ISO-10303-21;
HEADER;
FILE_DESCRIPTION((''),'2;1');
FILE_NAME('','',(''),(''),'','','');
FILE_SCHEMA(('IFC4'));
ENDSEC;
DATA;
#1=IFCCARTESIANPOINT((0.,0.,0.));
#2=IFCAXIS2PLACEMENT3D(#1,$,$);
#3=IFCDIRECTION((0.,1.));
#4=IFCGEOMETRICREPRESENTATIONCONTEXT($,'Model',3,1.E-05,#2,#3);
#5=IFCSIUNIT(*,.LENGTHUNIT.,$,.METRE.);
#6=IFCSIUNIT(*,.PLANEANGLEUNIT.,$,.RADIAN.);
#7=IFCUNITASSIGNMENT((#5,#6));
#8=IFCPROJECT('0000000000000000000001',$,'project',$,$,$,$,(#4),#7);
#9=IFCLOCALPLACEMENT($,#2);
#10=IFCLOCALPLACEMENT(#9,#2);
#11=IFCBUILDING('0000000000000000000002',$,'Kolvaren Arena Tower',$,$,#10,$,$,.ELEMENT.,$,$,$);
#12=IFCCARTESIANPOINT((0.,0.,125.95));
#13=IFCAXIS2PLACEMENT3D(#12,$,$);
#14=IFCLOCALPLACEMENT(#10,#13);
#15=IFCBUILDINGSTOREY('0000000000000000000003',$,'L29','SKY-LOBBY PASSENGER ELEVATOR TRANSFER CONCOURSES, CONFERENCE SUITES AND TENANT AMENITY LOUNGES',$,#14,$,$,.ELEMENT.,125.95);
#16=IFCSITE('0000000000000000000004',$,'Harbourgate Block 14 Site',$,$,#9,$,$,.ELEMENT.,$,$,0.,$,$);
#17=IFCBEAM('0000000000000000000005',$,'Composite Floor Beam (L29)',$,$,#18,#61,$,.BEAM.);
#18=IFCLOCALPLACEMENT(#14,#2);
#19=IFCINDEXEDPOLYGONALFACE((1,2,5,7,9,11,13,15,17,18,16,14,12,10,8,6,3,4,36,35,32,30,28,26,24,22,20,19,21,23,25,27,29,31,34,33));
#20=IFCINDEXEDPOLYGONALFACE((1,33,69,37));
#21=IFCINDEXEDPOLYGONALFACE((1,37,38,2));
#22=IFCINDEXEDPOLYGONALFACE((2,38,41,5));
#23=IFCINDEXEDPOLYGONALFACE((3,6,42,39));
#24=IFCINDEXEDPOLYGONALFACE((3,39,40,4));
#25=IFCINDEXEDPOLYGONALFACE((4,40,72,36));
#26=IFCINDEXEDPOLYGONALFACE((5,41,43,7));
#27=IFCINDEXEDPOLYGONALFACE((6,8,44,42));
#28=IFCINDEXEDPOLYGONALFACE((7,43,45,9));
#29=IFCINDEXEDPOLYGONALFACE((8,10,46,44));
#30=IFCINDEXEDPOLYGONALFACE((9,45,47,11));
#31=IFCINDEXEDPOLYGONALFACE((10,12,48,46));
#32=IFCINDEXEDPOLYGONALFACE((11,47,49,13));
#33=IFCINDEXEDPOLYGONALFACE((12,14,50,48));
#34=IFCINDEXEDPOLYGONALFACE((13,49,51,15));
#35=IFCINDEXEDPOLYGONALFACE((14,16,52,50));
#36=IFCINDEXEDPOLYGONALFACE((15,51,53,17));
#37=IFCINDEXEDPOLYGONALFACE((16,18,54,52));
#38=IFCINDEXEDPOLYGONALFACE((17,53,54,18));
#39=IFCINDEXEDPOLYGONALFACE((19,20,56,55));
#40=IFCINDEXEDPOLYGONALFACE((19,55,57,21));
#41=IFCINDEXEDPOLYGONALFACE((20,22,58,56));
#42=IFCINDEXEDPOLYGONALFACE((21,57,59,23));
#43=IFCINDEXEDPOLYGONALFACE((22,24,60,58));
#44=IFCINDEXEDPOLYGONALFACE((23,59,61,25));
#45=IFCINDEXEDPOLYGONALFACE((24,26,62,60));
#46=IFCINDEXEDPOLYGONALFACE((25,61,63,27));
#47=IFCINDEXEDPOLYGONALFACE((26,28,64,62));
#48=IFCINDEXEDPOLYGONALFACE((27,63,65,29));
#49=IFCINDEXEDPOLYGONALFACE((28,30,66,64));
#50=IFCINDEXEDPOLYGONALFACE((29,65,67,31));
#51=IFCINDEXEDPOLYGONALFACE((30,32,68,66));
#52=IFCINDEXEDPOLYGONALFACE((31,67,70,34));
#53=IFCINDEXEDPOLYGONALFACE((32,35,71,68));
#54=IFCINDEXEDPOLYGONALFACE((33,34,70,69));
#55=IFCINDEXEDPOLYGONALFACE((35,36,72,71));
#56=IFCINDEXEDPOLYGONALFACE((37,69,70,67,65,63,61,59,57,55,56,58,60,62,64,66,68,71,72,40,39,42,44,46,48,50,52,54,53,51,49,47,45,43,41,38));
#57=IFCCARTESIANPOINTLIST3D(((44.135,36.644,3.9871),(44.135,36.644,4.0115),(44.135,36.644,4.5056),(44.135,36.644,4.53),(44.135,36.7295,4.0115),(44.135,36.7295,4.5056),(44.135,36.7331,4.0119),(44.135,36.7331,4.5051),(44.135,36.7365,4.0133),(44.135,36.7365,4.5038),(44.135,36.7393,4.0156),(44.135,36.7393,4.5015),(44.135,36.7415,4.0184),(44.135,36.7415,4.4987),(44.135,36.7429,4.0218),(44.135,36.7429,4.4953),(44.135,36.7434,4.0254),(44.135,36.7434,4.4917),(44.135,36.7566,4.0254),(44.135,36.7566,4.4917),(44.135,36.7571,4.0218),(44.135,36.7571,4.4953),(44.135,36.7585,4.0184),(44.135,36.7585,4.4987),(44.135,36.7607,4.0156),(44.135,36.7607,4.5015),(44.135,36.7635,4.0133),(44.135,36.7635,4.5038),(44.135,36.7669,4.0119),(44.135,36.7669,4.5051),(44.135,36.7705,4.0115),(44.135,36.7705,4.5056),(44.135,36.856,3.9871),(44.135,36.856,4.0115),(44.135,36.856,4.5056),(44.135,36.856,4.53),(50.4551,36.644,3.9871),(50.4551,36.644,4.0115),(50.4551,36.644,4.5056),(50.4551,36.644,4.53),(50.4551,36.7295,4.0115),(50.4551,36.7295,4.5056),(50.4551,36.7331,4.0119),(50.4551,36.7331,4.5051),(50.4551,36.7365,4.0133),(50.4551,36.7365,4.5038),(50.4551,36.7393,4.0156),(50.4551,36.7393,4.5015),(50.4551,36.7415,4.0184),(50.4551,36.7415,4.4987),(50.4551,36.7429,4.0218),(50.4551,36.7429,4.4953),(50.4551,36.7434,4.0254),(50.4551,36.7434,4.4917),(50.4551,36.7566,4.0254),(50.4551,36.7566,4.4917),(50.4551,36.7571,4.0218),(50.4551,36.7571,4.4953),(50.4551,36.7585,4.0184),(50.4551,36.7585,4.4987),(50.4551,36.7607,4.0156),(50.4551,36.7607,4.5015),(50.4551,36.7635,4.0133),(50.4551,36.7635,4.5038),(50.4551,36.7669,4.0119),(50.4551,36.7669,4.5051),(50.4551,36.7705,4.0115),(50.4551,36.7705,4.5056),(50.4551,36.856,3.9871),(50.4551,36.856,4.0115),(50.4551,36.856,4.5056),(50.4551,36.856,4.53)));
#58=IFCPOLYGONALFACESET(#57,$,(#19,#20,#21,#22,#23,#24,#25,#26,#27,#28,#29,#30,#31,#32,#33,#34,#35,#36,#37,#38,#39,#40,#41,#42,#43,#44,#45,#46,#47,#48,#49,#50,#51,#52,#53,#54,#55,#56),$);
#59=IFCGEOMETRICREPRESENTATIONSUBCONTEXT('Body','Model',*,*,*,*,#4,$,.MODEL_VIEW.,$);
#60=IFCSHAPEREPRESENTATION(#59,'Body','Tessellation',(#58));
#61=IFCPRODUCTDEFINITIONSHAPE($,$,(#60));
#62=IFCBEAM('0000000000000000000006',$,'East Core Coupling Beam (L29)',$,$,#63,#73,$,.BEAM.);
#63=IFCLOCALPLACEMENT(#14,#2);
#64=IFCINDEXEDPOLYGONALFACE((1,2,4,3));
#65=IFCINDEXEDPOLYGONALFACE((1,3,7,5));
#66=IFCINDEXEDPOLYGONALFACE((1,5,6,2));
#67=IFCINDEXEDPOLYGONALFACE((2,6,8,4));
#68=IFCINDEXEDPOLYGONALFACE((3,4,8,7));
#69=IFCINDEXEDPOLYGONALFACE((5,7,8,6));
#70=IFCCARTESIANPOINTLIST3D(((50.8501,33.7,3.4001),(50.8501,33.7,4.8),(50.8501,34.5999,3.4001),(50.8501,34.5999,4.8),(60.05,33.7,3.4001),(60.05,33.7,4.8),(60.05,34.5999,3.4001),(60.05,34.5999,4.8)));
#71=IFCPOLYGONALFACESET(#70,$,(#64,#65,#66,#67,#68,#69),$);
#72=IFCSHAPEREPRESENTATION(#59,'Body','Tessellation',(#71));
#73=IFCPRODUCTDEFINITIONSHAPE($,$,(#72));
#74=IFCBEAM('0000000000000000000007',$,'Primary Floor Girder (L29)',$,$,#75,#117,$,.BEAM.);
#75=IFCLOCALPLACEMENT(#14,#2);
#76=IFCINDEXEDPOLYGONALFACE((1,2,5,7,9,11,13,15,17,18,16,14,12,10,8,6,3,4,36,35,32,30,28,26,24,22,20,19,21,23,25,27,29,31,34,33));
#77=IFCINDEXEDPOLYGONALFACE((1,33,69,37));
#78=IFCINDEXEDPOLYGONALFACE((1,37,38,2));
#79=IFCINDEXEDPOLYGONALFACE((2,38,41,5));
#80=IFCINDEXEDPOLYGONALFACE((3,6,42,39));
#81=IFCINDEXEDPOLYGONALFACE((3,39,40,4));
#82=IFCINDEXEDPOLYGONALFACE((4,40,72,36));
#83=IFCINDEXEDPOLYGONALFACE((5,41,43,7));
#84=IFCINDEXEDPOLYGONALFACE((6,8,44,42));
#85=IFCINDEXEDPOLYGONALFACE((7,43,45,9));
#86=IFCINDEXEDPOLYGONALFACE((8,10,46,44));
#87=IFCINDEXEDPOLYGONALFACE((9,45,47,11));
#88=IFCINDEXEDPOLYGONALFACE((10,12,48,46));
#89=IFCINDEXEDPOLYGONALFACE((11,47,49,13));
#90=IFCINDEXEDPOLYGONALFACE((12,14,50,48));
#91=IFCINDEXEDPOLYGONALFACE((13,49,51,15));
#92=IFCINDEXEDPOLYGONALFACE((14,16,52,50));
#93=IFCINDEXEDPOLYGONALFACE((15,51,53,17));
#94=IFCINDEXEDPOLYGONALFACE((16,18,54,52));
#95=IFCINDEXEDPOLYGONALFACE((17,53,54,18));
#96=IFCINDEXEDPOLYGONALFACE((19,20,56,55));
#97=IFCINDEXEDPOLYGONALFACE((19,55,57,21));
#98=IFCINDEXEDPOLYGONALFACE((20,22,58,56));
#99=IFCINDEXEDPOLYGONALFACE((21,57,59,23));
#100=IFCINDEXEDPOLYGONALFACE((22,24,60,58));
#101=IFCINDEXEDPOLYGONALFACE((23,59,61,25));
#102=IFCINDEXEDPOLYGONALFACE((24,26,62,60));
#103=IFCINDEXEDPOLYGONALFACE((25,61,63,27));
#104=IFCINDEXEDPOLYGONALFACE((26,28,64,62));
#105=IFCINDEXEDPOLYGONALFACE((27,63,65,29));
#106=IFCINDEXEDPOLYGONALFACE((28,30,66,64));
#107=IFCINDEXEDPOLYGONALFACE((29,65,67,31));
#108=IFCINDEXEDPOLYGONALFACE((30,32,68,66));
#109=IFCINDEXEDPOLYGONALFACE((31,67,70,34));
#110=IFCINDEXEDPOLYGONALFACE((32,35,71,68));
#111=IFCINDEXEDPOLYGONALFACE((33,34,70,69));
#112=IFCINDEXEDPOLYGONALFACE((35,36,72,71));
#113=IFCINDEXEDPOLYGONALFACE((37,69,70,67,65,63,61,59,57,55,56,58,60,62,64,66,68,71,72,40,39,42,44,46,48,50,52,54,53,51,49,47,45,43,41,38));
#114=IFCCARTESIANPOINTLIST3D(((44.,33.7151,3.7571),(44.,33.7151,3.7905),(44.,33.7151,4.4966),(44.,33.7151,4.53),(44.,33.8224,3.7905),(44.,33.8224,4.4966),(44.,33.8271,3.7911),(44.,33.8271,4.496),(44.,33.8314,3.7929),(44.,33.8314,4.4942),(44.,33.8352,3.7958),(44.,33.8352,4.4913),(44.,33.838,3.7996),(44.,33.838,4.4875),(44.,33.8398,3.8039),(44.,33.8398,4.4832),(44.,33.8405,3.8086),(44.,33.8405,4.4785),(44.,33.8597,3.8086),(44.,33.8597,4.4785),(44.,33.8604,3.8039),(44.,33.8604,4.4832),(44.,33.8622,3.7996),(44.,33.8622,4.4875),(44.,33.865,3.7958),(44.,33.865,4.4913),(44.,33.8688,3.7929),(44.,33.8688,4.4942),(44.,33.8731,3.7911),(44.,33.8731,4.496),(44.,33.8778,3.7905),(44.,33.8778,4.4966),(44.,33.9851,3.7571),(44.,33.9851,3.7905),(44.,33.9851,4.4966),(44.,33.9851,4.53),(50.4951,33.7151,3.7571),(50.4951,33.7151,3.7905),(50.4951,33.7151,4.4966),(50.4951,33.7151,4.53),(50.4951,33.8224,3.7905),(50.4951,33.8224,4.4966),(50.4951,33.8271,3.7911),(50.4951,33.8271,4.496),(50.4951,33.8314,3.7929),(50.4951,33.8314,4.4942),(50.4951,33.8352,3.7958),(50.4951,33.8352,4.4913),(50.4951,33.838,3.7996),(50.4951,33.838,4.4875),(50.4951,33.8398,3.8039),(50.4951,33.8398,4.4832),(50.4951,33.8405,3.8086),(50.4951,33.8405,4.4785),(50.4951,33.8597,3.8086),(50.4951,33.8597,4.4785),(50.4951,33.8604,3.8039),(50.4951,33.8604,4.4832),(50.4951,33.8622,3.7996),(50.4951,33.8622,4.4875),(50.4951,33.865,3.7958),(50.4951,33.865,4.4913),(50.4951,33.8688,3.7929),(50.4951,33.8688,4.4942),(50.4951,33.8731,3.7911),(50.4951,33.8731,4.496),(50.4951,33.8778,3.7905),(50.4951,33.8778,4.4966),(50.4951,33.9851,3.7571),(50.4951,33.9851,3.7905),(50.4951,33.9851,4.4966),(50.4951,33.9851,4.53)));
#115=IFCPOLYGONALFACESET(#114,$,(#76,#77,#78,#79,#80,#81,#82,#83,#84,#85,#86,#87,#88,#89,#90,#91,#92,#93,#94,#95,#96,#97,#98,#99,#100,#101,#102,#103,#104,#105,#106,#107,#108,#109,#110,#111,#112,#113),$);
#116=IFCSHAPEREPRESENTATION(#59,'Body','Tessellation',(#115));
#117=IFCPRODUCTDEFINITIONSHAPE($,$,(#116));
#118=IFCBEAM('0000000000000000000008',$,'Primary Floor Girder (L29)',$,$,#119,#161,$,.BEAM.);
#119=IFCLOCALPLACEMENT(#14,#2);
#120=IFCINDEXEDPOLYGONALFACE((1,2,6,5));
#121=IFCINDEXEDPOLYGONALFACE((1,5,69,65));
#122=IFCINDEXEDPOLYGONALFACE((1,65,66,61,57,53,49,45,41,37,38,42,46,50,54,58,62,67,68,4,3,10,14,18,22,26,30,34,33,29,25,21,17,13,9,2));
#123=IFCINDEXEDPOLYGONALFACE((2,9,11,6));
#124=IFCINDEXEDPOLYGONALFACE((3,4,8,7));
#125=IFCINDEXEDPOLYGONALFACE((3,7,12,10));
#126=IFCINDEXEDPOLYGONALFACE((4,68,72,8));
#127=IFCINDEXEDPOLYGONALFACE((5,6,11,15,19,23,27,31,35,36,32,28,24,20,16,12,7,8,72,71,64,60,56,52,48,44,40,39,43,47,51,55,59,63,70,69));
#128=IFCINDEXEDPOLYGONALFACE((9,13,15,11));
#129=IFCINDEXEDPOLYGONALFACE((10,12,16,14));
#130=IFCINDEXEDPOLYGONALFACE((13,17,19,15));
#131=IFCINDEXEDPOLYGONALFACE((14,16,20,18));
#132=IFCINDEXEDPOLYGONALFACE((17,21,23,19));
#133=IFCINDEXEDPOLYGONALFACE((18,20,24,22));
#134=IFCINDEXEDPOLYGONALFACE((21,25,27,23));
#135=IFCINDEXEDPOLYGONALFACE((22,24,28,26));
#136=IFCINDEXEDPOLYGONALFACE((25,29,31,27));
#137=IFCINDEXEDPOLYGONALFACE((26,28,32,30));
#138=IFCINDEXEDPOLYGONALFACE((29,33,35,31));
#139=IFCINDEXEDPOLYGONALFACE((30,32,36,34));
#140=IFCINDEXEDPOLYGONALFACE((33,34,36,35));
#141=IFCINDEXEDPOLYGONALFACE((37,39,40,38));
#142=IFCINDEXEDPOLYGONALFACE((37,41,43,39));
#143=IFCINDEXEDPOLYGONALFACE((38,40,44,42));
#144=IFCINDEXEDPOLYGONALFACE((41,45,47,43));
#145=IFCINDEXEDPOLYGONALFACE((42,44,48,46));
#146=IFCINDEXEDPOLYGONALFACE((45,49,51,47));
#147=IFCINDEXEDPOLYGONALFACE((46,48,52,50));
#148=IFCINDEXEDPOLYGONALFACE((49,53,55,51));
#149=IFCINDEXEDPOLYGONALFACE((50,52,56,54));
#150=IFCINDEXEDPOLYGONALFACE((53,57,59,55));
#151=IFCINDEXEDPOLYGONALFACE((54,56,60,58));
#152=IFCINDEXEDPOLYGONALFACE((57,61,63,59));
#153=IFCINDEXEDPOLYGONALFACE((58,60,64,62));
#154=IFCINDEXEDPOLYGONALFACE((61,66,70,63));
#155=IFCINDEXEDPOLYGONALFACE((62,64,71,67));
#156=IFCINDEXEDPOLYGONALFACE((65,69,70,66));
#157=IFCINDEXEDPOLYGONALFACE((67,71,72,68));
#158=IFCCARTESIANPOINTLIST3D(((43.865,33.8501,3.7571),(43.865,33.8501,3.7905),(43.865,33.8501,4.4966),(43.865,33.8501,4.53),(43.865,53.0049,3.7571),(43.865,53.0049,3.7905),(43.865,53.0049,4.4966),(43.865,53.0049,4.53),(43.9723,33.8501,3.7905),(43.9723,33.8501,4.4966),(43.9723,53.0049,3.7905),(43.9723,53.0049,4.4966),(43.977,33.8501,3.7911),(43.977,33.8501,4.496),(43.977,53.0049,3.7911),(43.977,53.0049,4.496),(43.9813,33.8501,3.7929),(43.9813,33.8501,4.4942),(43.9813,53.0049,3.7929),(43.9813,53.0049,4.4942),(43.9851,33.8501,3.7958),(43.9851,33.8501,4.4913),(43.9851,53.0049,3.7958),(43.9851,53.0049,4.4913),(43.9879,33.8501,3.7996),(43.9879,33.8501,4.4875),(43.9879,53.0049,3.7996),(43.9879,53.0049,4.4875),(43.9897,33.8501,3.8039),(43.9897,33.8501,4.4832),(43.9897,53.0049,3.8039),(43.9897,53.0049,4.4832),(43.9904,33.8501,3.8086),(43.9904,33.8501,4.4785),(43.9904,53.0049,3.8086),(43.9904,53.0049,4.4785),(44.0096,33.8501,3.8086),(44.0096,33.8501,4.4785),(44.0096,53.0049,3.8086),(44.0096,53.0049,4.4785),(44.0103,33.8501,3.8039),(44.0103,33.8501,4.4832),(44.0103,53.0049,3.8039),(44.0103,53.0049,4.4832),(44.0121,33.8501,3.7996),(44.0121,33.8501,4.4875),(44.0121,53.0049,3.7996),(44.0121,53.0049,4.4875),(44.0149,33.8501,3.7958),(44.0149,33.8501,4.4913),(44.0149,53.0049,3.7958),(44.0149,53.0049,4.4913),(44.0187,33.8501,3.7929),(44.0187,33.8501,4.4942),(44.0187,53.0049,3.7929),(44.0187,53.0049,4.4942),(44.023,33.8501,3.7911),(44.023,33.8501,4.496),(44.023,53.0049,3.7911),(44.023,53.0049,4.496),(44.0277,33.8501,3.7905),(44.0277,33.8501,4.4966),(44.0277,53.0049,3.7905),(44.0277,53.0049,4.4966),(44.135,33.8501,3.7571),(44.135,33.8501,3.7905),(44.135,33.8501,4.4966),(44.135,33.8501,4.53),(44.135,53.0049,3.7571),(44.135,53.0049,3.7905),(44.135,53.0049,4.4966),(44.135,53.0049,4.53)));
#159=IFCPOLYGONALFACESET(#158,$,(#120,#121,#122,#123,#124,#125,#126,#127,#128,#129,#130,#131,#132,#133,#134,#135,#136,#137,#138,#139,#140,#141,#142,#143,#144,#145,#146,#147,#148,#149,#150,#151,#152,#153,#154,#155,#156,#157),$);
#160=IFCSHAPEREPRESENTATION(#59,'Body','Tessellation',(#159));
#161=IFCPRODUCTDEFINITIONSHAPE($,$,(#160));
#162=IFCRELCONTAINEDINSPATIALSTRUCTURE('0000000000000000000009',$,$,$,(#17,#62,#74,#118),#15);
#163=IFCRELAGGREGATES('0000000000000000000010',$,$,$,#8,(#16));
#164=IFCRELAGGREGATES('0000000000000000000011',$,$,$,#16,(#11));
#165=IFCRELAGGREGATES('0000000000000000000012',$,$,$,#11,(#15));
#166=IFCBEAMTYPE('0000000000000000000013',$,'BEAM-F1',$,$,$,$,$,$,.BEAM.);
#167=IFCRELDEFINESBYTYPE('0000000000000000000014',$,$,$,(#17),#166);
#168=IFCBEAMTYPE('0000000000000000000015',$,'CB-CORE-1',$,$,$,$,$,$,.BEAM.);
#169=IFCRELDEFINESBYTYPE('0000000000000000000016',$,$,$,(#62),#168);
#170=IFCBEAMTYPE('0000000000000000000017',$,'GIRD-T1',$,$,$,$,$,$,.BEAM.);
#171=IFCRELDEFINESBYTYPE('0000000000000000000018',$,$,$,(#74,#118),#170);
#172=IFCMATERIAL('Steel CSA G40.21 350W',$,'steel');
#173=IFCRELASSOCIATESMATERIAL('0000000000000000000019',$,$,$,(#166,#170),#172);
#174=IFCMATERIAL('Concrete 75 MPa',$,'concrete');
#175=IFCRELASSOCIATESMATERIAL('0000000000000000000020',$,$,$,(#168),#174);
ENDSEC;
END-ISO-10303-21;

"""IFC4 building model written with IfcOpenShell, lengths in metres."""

from ifc_helpers import new_model, si_unit, direction, frame, origin, origin_2d, place, context, subcontext, project, spatial, rectangle, i_section, extrude, material, material_profile, profile_set, type_object, element, save


model = new_model("IFC4")

# Units and contexts
model_context = context("Model", 3, precision=1e-05, world=origin(), true_north=direction((0.0, 1.0)))
body_context = subcontext(model_context, "Body", "Model", "MODEL_VIEW")
ifc_project = project(units=[si_unit("LENGTHUNIT", "METRE"), si_unit("PLANEANGLEUNIT", "RADIAN")], contexts=[model_context])

# Site, building, storey
site_placement = place(None, origin())
site = spatial("IfcSite", under=ifc_project, at=site_placement, Name="Harbourgate Block 14 Site", CompositionType="ELEMENT", RefElevation=0.0)
building_placement = place(site_placement, origin())
building = spatial("IfcBuilding", under=site, at=building_placement, Name="Kolvaren Arena Tower", CompositionType="ELEMENT")
storey_placement = place(building_placement, frame((0.0, 0.0, 125.95)))
storey = spatial("IfcBuildingStorey", under=building, at=storey_placement, Name="L29", Description="SKY-LOBBY PASSENGER ELEVATOR TRANSFER CONCOURSES, CONFERENCE SUITES AND TENANT AMENITY LOUNGES", CompositionType="ELEMENT", Elevation=125.95)

# Beams
ifc_material_1 = material(Name="Steel CSA G40.21 350W", Category="steel")
ifc_material_profile_1 = material_profile(ifc_material_1, i_section(OverallWidth=0.2119, OverallDepth=0.543, WebThickness=0.0132, FlangeThickness=0.0244, FilletRadius=0.0139, at=origin_2d()), Name="W530x150")
ifc_profile_set_1 = profile_set([ifc_material_profile_1], Name="Steel CSA G40.21 350W")
beam_type_1 = type_object("IfcBeamType", Name="BEAM-F1", PredefinedType="BEAM", material=ifc_profile_set_1)
for number, where, z_axis, x_axis, name in (
    (1, (44.135, 36.75, 4.2585), (1.0, 0.0, 0.0), (0.0, 1.0, 0.0), "Composite Floor Beam (L29)"),
):
    element("IfcBeam", number, at=place(storey_placement, frame(where, z_axis=z_axis, x_axis=x_axis)), inside=storey, type_object=beam_type_1, Name=name, PredefinedType="BEAM", context=body_context, shape_type="SweptSolid", body=[
        extrude(i_section(OverallWidth=0.2119, OverallDepth=0.543, WebThickness=0.0132, FlangeThickness=0.0244, FilletRadius=0.0139, at=origin_2d()), origin(), (0.0, 0.0, 1.0), 6.3201),
    ])
ifc_material_2 = material(Name="Concrete 75 MPa", Category="concrete")
ifc_material_profile_2 = material_profile(ifc_material_2, rectangle(XDim=0.8999, YDim=1.3999, at=origin_2d()), Name="RC-900x1400")
ifc_profile_set_2 = profile_set([ifc_material_profile_2], Name="Concrete 75 MPa")
beam_type_2 = type_object("IfcBeamType", Name="CB-CORE-1", PredefinedType="BEAM", material=ifc_profile_set_2)
beam_1_placement = place(storey_placement, frame((50.8501, 34.1499, 4.1001), z_axis=(1.0, 0.0, 0.0), x_axis=(0.0, 1.0, 0.0)))
element("IfcBeam", 2, at=beam_1_placement, inside=storey, type_object=beam_type_2, Name="East Core Coupling Beam (L29)", PredefinedType="BEAM", context=body_context, shape_type="SweptSolid", body=[
    extrude(rectangle(XDim=0.8999, YDim=1.3999, at=origin_2d()), origin(), (0.0, 0.0, 1.0), 9.2),
])
ifc_material_profile_3 = material_profile(ifc_material_1, i_section(OverallWidth=0.27, OverallDepth=0.7729, WebThickness=0.0193, FlangeThickness=0.0334, FilletRadius=0.0181, at=origin_2d()), Name="W760x257")
ifc_profile_set_3 = profile_set([ifc_material_profile_3], Name="Steel CSA G40.21 350W")
beam_type_3 = type_object("IfcBeamType", Name="GIRD-T1", PredefinedType="BEAM", material=ifc_profile_set_3)
beam_2_placement = place(storey_placement, frame((44.0, 33.8501, 4.1436), z_axis=(1.0, 0.0, 0.0), x_axis=(0.0, 1.0, 0.0)))
element("IfcBeam", 3, at=beam_2_placement, inside=storey, type_object=beam_type_3, Name="Primary Floor Girder (L29)", PredefinedType="BEAM", context=body_context, shape_type="SweptSolid", body=[
    extrude(i_section(OverallWidth=0.27, OverallDepth=0.7729, WebThickness=0.0193, FlangeThickness=0.0334, FilletRadius=0.0181, at=origin_2d()), origin(), (0.0, 0.0, 1.0), 6.4951),
])
beam_3_placement = place(storey_placement, frame((44.0, 33.8501, 4.1436), z_axis=(0.0, 1.0, 0.0), x_axis=(-1.0, 0.0, 0.0)))
element("IfcBeam", 4, at=beam_3_placement, inside=storey, type_object=beam_type_3, Name="Primary Floor Girder (L29)", PredefinedType="BEAM", context=body_context, shape_type="SweptSolid", body=[
    extrude(i_section(OverallWidth=0.27, OverallDepth=0.7729, WebThickness=0.0193, FlangeThickness=0.0334, FilletRadius=0.0181, at=origin_2d()), origin(), (0.0, 0.0, 1.0), 19.1548),
])

save(model, "model.ifc")
